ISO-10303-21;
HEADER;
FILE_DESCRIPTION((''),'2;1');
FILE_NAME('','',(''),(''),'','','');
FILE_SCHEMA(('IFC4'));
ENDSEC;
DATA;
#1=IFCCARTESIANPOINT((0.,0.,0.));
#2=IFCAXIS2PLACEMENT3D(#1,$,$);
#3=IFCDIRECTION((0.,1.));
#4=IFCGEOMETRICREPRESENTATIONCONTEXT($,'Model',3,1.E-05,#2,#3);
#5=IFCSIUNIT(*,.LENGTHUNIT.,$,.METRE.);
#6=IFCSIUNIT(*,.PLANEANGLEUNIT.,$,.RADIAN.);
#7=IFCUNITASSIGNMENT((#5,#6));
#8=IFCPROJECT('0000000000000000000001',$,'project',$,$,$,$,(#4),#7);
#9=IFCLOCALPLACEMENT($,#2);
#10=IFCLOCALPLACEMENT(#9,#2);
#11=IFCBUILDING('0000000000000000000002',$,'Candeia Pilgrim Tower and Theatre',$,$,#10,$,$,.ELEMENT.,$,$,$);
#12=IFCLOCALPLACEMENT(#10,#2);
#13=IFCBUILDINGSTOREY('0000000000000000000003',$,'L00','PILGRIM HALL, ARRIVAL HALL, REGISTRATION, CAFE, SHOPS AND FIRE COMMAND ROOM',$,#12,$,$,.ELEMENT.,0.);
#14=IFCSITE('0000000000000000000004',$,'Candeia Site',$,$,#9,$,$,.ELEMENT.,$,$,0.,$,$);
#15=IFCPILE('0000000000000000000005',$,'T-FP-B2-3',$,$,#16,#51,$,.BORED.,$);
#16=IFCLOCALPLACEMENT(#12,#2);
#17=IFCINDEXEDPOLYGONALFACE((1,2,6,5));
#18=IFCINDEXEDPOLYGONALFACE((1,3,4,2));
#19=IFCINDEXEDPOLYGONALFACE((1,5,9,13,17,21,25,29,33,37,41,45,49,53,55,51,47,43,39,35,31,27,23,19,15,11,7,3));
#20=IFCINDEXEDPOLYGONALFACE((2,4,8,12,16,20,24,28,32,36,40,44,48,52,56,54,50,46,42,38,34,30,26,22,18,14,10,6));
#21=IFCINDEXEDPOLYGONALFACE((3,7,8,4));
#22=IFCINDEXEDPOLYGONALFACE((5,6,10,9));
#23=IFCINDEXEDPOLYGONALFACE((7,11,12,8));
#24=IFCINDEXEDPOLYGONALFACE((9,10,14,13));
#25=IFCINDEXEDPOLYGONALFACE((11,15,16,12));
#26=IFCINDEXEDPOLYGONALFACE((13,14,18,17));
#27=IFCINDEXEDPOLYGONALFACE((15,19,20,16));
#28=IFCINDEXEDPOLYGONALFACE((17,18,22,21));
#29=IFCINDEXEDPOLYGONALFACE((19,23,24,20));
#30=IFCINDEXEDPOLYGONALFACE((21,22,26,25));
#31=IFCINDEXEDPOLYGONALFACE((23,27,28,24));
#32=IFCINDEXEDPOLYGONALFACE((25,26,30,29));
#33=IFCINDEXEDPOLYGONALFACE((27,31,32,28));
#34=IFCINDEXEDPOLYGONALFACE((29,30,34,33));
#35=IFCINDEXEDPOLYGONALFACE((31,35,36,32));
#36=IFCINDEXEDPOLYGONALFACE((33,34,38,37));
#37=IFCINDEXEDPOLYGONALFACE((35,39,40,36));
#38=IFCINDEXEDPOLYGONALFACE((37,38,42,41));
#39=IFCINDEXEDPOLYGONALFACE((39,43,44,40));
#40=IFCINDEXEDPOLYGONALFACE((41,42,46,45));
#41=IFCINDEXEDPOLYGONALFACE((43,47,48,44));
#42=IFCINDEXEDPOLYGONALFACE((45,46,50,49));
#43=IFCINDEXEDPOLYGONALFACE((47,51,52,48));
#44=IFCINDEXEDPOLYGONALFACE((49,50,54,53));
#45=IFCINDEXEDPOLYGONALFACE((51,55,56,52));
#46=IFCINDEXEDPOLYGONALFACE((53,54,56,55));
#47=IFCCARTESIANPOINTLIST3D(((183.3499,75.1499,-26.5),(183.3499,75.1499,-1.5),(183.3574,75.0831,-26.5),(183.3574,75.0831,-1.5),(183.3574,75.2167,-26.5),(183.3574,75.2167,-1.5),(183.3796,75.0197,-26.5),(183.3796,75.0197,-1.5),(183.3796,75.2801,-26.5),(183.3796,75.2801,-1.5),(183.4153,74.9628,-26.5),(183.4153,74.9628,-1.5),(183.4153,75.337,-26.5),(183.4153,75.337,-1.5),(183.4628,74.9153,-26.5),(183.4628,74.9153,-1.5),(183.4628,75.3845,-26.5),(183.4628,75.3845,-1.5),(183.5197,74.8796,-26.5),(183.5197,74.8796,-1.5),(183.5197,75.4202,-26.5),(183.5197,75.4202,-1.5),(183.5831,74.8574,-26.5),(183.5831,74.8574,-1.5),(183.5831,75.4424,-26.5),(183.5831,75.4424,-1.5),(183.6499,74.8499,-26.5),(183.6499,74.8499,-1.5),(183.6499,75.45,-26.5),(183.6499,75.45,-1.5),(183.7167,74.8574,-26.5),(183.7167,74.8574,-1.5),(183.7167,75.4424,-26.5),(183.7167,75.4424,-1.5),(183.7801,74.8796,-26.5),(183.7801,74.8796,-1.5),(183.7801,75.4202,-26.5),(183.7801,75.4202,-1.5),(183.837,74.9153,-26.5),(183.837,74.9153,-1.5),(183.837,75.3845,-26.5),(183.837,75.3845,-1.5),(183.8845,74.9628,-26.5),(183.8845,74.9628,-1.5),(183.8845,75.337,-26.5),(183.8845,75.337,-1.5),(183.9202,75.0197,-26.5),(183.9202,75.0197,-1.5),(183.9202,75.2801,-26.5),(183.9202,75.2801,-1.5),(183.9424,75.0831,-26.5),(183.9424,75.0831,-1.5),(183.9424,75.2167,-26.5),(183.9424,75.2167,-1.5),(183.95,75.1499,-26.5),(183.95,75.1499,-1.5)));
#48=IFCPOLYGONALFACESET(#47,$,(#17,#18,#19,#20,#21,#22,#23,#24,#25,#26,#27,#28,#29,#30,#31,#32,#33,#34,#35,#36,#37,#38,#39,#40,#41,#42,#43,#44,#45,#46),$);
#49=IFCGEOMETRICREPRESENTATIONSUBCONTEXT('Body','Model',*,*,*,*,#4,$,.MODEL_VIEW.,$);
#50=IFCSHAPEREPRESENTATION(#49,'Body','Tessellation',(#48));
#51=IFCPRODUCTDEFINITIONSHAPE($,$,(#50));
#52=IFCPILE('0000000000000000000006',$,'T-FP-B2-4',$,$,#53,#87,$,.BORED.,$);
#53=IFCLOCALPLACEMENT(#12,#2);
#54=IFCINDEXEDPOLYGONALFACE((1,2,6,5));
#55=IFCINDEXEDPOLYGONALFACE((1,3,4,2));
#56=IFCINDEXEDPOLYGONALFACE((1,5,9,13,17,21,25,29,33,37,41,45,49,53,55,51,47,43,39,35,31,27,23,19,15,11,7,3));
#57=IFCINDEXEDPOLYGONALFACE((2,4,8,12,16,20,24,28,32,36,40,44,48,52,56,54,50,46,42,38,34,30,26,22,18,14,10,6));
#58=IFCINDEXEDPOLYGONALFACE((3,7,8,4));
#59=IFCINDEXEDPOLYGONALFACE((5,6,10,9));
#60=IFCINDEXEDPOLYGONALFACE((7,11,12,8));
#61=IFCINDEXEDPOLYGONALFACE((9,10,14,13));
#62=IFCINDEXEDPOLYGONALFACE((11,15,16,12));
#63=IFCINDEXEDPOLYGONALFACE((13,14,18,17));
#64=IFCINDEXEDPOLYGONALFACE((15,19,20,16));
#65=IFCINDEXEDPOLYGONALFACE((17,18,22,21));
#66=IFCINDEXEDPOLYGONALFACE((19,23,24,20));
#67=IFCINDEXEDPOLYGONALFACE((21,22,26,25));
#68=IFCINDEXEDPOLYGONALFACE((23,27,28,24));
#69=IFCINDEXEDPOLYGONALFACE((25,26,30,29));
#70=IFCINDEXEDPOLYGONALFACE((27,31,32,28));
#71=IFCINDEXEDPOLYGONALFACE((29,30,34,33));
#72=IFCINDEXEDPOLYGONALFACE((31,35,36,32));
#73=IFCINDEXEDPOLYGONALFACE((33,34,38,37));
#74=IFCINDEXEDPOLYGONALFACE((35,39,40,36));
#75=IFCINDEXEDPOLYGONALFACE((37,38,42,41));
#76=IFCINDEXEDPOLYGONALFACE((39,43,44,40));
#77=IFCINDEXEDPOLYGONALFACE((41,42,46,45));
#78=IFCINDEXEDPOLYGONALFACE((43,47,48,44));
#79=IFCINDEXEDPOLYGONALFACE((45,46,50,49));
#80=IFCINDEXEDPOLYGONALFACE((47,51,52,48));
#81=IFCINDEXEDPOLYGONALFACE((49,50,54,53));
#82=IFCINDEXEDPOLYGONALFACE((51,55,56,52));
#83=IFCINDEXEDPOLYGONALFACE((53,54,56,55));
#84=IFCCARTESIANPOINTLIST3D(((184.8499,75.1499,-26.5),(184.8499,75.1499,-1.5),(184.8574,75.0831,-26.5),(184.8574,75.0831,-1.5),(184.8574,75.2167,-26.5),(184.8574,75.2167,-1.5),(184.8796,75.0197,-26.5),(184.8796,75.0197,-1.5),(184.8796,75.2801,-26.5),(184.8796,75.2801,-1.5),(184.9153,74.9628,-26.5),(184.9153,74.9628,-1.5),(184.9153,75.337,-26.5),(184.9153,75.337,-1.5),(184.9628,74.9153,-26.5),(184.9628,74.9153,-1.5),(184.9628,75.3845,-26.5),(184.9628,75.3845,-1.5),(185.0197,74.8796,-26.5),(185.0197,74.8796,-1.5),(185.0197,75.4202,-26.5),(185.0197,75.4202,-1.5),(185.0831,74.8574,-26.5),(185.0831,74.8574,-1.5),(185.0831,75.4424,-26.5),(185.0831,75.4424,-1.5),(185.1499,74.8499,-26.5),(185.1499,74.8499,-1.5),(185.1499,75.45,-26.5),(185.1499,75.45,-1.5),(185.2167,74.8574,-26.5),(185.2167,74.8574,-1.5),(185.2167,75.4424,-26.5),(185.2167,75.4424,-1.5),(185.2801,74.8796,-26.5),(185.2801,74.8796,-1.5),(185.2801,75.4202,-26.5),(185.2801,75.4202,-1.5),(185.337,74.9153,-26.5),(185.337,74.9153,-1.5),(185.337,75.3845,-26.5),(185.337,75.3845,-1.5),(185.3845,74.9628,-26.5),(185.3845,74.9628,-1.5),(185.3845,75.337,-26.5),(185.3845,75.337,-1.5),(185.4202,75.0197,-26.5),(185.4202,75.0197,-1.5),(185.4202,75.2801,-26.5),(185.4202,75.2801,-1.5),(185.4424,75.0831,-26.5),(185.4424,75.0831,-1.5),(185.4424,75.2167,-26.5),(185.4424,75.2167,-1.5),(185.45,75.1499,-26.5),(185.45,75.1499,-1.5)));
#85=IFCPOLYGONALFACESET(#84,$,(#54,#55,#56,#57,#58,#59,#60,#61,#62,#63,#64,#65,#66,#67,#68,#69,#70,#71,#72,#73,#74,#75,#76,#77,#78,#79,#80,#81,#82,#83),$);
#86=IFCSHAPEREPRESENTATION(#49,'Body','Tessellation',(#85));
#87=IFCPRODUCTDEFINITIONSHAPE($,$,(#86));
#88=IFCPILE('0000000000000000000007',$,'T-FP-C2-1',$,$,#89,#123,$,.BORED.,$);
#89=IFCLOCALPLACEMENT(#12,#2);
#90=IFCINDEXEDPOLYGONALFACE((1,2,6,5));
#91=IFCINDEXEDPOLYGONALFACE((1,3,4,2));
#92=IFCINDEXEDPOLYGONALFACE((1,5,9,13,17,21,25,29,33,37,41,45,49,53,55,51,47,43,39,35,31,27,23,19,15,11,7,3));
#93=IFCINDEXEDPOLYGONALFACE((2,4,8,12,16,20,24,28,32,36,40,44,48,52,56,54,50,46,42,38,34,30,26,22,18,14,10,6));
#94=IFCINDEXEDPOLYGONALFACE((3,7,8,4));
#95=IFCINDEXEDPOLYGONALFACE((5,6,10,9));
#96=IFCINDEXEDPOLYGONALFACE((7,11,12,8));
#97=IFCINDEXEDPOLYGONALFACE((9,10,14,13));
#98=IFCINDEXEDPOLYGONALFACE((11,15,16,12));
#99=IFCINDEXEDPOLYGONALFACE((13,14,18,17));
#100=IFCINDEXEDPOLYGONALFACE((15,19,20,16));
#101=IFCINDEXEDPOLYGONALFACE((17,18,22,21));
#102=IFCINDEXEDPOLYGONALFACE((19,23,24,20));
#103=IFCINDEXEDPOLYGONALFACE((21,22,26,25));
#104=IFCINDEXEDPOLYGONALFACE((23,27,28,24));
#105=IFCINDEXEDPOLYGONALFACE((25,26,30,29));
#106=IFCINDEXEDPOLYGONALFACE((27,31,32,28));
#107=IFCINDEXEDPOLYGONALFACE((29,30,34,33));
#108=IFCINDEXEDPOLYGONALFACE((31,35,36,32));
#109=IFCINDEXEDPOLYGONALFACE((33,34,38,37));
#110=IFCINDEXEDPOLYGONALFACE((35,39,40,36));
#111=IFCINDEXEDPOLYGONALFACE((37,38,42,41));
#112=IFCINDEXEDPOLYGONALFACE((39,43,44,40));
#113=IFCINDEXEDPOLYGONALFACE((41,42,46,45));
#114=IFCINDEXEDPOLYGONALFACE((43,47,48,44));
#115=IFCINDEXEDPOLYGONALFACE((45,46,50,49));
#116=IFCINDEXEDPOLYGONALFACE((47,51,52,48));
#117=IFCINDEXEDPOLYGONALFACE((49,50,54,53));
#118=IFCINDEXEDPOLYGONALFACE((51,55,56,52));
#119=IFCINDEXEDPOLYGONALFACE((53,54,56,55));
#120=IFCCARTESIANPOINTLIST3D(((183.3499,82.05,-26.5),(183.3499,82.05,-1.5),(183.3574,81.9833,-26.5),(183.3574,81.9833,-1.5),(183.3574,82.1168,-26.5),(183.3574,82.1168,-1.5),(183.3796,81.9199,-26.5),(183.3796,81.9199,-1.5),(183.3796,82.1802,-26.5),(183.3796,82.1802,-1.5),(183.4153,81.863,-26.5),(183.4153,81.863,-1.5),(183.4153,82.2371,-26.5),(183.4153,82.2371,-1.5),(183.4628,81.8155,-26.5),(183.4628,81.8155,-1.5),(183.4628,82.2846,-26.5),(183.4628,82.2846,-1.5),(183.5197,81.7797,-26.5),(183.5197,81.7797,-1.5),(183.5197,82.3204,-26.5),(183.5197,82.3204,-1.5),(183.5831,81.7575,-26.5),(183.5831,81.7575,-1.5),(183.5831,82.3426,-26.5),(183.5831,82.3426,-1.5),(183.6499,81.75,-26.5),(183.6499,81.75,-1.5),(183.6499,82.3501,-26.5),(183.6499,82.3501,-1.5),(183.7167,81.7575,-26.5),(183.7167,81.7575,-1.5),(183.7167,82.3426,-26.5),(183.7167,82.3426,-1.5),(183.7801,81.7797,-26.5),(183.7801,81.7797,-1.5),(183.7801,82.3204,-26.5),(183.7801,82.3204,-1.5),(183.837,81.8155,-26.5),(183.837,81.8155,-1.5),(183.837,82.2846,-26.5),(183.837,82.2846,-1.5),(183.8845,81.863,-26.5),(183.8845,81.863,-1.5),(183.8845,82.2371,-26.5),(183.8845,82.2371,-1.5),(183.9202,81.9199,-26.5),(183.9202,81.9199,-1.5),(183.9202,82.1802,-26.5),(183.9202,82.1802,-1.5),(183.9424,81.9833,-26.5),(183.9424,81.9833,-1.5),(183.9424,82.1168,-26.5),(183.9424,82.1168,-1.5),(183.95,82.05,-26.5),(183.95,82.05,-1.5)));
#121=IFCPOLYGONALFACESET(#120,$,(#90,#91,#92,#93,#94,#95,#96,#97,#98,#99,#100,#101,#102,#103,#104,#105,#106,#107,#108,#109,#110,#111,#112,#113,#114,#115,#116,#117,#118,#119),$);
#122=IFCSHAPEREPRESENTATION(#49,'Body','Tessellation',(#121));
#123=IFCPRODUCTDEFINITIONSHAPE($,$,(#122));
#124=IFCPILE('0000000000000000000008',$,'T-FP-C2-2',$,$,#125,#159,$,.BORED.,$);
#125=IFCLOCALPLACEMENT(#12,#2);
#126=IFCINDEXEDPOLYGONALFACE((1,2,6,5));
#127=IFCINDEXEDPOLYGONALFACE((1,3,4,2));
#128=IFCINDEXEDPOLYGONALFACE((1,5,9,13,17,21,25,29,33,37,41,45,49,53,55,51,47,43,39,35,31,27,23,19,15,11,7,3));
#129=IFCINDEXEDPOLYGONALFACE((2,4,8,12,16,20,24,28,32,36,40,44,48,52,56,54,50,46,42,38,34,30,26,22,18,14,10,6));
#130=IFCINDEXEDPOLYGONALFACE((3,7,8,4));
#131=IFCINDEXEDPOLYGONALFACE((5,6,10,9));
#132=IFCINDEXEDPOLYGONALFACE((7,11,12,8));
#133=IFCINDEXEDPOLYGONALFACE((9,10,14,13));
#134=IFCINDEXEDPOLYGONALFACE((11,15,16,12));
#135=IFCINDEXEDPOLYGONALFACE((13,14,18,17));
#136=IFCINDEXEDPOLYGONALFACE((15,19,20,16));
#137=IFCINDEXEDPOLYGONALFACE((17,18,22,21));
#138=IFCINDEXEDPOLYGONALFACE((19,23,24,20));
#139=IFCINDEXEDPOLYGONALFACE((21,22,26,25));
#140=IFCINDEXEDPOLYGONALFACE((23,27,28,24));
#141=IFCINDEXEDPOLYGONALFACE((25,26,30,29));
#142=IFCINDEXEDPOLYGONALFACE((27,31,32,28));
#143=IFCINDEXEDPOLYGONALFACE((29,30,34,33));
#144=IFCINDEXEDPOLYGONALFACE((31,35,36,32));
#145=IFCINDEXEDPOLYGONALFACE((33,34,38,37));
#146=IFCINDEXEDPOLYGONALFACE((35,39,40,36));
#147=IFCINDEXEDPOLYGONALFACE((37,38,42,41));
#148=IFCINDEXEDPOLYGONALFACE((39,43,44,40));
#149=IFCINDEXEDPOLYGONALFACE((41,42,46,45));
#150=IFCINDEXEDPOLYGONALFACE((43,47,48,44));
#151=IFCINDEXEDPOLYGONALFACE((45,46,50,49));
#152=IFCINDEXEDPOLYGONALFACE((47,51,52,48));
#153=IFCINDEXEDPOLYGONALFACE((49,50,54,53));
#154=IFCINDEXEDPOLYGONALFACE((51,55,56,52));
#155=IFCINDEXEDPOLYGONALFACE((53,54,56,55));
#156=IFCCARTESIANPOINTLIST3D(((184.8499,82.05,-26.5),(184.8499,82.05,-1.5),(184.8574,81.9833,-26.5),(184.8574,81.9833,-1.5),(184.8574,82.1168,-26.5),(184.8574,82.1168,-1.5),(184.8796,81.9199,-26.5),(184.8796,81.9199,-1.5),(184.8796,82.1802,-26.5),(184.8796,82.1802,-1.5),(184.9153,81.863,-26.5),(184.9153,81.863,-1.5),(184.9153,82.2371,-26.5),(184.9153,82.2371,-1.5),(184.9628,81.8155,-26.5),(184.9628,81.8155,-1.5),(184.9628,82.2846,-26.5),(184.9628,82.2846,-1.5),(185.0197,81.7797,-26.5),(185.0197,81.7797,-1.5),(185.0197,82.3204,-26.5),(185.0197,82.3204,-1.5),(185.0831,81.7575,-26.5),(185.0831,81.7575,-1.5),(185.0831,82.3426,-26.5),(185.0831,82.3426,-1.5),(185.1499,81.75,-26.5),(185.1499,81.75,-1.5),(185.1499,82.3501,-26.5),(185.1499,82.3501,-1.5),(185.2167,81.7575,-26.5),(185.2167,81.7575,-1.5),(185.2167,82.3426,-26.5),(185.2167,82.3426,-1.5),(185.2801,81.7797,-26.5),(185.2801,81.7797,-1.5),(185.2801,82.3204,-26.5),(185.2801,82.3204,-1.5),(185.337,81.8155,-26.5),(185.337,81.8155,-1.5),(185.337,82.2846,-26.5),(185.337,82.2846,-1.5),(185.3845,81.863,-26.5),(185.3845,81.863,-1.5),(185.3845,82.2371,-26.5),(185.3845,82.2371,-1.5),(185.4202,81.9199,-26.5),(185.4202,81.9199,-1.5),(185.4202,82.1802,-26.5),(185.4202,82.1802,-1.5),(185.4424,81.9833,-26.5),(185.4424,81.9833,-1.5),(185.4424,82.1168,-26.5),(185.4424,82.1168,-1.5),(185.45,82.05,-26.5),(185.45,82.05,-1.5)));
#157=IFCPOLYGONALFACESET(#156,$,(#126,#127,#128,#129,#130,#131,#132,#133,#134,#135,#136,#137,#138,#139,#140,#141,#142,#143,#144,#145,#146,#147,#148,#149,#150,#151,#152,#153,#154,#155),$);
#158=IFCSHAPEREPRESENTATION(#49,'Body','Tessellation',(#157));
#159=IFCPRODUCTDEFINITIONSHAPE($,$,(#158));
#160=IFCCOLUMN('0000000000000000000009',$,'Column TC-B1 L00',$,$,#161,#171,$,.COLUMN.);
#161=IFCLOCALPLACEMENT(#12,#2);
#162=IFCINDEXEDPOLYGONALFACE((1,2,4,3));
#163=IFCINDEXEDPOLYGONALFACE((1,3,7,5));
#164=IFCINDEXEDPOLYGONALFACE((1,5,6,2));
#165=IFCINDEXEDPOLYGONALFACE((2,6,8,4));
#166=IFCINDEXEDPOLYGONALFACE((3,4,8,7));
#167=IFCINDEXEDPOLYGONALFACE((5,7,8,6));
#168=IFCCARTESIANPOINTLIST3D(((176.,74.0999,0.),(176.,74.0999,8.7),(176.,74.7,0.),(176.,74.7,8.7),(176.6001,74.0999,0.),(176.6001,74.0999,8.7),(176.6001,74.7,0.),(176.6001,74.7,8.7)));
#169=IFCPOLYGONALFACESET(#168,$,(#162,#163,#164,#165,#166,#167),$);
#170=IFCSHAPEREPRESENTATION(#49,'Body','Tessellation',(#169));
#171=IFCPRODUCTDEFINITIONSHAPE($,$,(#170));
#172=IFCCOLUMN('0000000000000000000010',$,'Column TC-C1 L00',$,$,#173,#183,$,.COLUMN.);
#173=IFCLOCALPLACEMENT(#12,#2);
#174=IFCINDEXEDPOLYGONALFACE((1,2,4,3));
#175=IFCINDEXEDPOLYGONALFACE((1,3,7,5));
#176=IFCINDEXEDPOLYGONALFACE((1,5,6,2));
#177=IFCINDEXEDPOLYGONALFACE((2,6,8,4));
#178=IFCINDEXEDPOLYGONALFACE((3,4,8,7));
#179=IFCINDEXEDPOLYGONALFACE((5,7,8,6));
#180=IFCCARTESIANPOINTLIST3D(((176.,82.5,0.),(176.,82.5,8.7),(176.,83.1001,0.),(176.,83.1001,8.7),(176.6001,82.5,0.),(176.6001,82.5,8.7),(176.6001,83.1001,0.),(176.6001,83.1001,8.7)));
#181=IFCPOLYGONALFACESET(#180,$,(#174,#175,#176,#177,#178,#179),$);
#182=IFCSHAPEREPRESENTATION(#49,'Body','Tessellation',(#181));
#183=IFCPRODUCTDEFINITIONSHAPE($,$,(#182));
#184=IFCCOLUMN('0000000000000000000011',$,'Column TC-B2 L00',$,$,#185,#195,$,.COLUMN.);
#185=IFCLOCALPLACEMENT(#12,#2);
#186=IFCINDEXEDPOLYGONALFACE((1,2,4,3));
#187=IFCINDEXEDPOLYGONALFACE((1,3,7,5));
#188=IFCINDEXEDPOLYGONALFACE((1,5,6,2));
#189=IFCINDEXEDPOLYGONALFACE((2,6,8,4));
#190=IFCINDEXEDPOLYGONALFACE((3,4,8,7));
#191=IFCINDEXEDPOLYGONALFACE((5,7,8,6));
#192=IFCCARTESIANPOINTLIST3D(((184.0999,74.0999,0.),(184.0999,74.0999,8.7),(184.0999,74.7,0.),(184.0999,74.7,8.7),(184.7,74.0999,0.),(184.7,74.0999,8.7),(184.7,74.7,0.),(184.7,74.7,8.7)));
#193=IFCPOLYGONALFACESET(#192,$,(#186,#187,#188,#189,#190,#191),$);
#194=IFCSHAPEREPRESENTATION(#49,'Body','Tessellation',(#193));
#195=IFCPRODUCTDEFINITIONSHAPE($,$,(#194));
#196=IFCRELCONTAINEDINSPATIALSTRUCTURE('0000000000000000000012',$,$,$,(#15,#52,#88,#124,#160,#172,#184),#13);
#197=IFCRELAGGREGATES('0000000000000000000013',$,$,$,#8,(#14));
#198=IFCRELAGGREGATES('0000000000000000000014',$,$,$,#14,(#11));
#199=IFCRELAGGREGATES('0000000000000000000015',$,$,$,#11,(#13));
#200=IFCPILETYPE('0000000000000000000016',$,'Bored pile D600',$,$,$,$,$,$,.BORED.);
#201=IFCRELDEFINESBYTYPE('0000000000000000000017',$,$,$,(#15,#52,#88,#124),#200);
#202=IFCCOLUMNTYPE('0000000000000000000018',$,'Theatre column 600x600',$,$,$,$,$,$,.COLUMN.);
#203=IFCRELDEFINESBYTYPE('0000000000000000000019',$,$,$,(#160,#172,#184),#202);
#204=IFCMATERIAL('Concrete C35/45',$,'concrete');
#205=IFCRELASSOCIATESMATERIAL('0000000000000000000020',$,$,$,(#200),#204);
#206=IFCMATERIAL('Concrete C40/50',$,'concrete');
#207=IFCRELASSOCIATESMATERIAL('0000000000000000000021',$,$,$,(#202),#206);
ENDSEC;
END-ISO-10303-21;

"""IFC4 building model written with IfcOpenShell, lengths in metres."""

from ifc_helpers import new_model, si_unit, direction, frame, origin, origin_2d, place, context, subcontext, project, spatial, rectangle, circle, extrude, material, material_profile, profile_set, type_object, element, save


model = new_model("IFC4")

# Units and contexts
model_context = context("Model", 3, precision=1e-05, world=origin(), true_north=direction((0.0, 1.0)))
body_context = subcontext(model_context, "Body", "Model", "MODEL_VIEW")
ifc_project = project(units=[si_unit("LENGTHUNIT", "METRE"), si_unit("PLANEANGLEUNIT", "RADIAN")], contexts=[model_context])

# Site, building, storey
site_placement = place(None, origin())
site = spatial("IfcSite", under=ifc_project, at=site_placement, Name="Candeia Site", CompositionType="ELEMENT", RefElevation=0.0)
building_placement = place(site_placement, origin())
building = spatial("IfcBuilding", under=site, at=building_placement, Name="Candeia Pilgrim Tower and Theatre", CompositionType="ELEMENT")
storey_placement = place(building_placement, origin())
storey = spatial("IfcBuildingStorey", under=building, at=storey_placement, Name="L00", Description="PILGRIM HALL, ARRIVAL HALL, REGISTRATION, CAFE, SHOPS AND FIRE COMMAND ROOM", CompositionType="ELEMENT", Elevation=0.0)

# Piles
ifc_material_1 = material(Name="Concrete C35/45", Category="concrete")
pile_type = type_object("IfcPileType", Name="Bored pile D600", PredefinedType="BORED", material=ifc_material_1)
for number, where, z_axis, x_axis, name in (
    (1, (183.6499, 75.1499, -1.5), (0.0, 0.0, -1.0), (1.0, 0.0, 0.0), "T-FP-B2-3"),
    (2, (185.1499, 75.1499, -1.5), (0.0, 0.0, -1.0), (1.0, 0.0, 0.0), "T-FP-B2-4"),
    (3, (183.6499, 82.05, -1.5), (0.0, 0.0, -1.0), (1.0, 0.0, 0.0), "T-FP-C2-1"),
    (4, (185.1499, 82.05, -1.5), (0.0, 0.0, -1.0), (1.0, 0.0, 0.0), "T-FP-C2-2"),
):
    element("IfcPile", number, at=place(storey_placement, frame(where, z_axis=z_axis, x_axis=x_axis)), inside=storey, type_object=pile_type, Name=name, PredefinedType="BORED", context=body_context, shape_type="SweptSolid", body=[
        extrude(circle(Radius=0.3, at=origin_2d()), origin(), (0.0, 0.0, 1.0), 25.0),
    ])

# Columns
ifc_material_2 = material(Name="Concrete C40/50", Category="concrete")
ifc_material_profile = material_profile(ifc_material_2, rectangle(XDim=0.6001, YDim=0.6001, at=origin_2d()))
ifc_profile_set = profile_set([ifc_material_profile], Name="Concrete C40/50")
column_type = type_object("IfcColumnType", Name="Theatre column 600x600", PredefinedType="COLUMN", material=ifc_profile_set)
for number, where, z_axis, x_axis, name in (
    (5, (176.3, 74.3999, 0.0), (0.0, 0.0, 1.0), (1.0, 0.0, 0.0), "Column TC-B1 L00"),
    (6, (176.3, 82.8, 0.0), (0.0, 0.0, 1.0), (1.0, 0.0, 0.0), "Column TC-C1 L00"),
    (7, (184.3999, 74.3999, 0.0), (0.0, 0.0, 1.0), (1.0, 0.0, 0.0), "Column TC-B2 L00"),
):
    element("IfcColumn", number, at=place(storey_placement, frame(where, z_axis=z_axis, x_axis=x_axis)), inside=storey, type_object=column_type, Name=name, PredefinedType="COLUMN", context=body_context, shape_type="SweptSolid", body=[
        extrude(rectangle(XDim=0.6001, YDim=0.6001, at=origin_2d()), origin(), (0.0, 0.0, 1.0), 8.7),
    ])

save(model, "model.ifc")
